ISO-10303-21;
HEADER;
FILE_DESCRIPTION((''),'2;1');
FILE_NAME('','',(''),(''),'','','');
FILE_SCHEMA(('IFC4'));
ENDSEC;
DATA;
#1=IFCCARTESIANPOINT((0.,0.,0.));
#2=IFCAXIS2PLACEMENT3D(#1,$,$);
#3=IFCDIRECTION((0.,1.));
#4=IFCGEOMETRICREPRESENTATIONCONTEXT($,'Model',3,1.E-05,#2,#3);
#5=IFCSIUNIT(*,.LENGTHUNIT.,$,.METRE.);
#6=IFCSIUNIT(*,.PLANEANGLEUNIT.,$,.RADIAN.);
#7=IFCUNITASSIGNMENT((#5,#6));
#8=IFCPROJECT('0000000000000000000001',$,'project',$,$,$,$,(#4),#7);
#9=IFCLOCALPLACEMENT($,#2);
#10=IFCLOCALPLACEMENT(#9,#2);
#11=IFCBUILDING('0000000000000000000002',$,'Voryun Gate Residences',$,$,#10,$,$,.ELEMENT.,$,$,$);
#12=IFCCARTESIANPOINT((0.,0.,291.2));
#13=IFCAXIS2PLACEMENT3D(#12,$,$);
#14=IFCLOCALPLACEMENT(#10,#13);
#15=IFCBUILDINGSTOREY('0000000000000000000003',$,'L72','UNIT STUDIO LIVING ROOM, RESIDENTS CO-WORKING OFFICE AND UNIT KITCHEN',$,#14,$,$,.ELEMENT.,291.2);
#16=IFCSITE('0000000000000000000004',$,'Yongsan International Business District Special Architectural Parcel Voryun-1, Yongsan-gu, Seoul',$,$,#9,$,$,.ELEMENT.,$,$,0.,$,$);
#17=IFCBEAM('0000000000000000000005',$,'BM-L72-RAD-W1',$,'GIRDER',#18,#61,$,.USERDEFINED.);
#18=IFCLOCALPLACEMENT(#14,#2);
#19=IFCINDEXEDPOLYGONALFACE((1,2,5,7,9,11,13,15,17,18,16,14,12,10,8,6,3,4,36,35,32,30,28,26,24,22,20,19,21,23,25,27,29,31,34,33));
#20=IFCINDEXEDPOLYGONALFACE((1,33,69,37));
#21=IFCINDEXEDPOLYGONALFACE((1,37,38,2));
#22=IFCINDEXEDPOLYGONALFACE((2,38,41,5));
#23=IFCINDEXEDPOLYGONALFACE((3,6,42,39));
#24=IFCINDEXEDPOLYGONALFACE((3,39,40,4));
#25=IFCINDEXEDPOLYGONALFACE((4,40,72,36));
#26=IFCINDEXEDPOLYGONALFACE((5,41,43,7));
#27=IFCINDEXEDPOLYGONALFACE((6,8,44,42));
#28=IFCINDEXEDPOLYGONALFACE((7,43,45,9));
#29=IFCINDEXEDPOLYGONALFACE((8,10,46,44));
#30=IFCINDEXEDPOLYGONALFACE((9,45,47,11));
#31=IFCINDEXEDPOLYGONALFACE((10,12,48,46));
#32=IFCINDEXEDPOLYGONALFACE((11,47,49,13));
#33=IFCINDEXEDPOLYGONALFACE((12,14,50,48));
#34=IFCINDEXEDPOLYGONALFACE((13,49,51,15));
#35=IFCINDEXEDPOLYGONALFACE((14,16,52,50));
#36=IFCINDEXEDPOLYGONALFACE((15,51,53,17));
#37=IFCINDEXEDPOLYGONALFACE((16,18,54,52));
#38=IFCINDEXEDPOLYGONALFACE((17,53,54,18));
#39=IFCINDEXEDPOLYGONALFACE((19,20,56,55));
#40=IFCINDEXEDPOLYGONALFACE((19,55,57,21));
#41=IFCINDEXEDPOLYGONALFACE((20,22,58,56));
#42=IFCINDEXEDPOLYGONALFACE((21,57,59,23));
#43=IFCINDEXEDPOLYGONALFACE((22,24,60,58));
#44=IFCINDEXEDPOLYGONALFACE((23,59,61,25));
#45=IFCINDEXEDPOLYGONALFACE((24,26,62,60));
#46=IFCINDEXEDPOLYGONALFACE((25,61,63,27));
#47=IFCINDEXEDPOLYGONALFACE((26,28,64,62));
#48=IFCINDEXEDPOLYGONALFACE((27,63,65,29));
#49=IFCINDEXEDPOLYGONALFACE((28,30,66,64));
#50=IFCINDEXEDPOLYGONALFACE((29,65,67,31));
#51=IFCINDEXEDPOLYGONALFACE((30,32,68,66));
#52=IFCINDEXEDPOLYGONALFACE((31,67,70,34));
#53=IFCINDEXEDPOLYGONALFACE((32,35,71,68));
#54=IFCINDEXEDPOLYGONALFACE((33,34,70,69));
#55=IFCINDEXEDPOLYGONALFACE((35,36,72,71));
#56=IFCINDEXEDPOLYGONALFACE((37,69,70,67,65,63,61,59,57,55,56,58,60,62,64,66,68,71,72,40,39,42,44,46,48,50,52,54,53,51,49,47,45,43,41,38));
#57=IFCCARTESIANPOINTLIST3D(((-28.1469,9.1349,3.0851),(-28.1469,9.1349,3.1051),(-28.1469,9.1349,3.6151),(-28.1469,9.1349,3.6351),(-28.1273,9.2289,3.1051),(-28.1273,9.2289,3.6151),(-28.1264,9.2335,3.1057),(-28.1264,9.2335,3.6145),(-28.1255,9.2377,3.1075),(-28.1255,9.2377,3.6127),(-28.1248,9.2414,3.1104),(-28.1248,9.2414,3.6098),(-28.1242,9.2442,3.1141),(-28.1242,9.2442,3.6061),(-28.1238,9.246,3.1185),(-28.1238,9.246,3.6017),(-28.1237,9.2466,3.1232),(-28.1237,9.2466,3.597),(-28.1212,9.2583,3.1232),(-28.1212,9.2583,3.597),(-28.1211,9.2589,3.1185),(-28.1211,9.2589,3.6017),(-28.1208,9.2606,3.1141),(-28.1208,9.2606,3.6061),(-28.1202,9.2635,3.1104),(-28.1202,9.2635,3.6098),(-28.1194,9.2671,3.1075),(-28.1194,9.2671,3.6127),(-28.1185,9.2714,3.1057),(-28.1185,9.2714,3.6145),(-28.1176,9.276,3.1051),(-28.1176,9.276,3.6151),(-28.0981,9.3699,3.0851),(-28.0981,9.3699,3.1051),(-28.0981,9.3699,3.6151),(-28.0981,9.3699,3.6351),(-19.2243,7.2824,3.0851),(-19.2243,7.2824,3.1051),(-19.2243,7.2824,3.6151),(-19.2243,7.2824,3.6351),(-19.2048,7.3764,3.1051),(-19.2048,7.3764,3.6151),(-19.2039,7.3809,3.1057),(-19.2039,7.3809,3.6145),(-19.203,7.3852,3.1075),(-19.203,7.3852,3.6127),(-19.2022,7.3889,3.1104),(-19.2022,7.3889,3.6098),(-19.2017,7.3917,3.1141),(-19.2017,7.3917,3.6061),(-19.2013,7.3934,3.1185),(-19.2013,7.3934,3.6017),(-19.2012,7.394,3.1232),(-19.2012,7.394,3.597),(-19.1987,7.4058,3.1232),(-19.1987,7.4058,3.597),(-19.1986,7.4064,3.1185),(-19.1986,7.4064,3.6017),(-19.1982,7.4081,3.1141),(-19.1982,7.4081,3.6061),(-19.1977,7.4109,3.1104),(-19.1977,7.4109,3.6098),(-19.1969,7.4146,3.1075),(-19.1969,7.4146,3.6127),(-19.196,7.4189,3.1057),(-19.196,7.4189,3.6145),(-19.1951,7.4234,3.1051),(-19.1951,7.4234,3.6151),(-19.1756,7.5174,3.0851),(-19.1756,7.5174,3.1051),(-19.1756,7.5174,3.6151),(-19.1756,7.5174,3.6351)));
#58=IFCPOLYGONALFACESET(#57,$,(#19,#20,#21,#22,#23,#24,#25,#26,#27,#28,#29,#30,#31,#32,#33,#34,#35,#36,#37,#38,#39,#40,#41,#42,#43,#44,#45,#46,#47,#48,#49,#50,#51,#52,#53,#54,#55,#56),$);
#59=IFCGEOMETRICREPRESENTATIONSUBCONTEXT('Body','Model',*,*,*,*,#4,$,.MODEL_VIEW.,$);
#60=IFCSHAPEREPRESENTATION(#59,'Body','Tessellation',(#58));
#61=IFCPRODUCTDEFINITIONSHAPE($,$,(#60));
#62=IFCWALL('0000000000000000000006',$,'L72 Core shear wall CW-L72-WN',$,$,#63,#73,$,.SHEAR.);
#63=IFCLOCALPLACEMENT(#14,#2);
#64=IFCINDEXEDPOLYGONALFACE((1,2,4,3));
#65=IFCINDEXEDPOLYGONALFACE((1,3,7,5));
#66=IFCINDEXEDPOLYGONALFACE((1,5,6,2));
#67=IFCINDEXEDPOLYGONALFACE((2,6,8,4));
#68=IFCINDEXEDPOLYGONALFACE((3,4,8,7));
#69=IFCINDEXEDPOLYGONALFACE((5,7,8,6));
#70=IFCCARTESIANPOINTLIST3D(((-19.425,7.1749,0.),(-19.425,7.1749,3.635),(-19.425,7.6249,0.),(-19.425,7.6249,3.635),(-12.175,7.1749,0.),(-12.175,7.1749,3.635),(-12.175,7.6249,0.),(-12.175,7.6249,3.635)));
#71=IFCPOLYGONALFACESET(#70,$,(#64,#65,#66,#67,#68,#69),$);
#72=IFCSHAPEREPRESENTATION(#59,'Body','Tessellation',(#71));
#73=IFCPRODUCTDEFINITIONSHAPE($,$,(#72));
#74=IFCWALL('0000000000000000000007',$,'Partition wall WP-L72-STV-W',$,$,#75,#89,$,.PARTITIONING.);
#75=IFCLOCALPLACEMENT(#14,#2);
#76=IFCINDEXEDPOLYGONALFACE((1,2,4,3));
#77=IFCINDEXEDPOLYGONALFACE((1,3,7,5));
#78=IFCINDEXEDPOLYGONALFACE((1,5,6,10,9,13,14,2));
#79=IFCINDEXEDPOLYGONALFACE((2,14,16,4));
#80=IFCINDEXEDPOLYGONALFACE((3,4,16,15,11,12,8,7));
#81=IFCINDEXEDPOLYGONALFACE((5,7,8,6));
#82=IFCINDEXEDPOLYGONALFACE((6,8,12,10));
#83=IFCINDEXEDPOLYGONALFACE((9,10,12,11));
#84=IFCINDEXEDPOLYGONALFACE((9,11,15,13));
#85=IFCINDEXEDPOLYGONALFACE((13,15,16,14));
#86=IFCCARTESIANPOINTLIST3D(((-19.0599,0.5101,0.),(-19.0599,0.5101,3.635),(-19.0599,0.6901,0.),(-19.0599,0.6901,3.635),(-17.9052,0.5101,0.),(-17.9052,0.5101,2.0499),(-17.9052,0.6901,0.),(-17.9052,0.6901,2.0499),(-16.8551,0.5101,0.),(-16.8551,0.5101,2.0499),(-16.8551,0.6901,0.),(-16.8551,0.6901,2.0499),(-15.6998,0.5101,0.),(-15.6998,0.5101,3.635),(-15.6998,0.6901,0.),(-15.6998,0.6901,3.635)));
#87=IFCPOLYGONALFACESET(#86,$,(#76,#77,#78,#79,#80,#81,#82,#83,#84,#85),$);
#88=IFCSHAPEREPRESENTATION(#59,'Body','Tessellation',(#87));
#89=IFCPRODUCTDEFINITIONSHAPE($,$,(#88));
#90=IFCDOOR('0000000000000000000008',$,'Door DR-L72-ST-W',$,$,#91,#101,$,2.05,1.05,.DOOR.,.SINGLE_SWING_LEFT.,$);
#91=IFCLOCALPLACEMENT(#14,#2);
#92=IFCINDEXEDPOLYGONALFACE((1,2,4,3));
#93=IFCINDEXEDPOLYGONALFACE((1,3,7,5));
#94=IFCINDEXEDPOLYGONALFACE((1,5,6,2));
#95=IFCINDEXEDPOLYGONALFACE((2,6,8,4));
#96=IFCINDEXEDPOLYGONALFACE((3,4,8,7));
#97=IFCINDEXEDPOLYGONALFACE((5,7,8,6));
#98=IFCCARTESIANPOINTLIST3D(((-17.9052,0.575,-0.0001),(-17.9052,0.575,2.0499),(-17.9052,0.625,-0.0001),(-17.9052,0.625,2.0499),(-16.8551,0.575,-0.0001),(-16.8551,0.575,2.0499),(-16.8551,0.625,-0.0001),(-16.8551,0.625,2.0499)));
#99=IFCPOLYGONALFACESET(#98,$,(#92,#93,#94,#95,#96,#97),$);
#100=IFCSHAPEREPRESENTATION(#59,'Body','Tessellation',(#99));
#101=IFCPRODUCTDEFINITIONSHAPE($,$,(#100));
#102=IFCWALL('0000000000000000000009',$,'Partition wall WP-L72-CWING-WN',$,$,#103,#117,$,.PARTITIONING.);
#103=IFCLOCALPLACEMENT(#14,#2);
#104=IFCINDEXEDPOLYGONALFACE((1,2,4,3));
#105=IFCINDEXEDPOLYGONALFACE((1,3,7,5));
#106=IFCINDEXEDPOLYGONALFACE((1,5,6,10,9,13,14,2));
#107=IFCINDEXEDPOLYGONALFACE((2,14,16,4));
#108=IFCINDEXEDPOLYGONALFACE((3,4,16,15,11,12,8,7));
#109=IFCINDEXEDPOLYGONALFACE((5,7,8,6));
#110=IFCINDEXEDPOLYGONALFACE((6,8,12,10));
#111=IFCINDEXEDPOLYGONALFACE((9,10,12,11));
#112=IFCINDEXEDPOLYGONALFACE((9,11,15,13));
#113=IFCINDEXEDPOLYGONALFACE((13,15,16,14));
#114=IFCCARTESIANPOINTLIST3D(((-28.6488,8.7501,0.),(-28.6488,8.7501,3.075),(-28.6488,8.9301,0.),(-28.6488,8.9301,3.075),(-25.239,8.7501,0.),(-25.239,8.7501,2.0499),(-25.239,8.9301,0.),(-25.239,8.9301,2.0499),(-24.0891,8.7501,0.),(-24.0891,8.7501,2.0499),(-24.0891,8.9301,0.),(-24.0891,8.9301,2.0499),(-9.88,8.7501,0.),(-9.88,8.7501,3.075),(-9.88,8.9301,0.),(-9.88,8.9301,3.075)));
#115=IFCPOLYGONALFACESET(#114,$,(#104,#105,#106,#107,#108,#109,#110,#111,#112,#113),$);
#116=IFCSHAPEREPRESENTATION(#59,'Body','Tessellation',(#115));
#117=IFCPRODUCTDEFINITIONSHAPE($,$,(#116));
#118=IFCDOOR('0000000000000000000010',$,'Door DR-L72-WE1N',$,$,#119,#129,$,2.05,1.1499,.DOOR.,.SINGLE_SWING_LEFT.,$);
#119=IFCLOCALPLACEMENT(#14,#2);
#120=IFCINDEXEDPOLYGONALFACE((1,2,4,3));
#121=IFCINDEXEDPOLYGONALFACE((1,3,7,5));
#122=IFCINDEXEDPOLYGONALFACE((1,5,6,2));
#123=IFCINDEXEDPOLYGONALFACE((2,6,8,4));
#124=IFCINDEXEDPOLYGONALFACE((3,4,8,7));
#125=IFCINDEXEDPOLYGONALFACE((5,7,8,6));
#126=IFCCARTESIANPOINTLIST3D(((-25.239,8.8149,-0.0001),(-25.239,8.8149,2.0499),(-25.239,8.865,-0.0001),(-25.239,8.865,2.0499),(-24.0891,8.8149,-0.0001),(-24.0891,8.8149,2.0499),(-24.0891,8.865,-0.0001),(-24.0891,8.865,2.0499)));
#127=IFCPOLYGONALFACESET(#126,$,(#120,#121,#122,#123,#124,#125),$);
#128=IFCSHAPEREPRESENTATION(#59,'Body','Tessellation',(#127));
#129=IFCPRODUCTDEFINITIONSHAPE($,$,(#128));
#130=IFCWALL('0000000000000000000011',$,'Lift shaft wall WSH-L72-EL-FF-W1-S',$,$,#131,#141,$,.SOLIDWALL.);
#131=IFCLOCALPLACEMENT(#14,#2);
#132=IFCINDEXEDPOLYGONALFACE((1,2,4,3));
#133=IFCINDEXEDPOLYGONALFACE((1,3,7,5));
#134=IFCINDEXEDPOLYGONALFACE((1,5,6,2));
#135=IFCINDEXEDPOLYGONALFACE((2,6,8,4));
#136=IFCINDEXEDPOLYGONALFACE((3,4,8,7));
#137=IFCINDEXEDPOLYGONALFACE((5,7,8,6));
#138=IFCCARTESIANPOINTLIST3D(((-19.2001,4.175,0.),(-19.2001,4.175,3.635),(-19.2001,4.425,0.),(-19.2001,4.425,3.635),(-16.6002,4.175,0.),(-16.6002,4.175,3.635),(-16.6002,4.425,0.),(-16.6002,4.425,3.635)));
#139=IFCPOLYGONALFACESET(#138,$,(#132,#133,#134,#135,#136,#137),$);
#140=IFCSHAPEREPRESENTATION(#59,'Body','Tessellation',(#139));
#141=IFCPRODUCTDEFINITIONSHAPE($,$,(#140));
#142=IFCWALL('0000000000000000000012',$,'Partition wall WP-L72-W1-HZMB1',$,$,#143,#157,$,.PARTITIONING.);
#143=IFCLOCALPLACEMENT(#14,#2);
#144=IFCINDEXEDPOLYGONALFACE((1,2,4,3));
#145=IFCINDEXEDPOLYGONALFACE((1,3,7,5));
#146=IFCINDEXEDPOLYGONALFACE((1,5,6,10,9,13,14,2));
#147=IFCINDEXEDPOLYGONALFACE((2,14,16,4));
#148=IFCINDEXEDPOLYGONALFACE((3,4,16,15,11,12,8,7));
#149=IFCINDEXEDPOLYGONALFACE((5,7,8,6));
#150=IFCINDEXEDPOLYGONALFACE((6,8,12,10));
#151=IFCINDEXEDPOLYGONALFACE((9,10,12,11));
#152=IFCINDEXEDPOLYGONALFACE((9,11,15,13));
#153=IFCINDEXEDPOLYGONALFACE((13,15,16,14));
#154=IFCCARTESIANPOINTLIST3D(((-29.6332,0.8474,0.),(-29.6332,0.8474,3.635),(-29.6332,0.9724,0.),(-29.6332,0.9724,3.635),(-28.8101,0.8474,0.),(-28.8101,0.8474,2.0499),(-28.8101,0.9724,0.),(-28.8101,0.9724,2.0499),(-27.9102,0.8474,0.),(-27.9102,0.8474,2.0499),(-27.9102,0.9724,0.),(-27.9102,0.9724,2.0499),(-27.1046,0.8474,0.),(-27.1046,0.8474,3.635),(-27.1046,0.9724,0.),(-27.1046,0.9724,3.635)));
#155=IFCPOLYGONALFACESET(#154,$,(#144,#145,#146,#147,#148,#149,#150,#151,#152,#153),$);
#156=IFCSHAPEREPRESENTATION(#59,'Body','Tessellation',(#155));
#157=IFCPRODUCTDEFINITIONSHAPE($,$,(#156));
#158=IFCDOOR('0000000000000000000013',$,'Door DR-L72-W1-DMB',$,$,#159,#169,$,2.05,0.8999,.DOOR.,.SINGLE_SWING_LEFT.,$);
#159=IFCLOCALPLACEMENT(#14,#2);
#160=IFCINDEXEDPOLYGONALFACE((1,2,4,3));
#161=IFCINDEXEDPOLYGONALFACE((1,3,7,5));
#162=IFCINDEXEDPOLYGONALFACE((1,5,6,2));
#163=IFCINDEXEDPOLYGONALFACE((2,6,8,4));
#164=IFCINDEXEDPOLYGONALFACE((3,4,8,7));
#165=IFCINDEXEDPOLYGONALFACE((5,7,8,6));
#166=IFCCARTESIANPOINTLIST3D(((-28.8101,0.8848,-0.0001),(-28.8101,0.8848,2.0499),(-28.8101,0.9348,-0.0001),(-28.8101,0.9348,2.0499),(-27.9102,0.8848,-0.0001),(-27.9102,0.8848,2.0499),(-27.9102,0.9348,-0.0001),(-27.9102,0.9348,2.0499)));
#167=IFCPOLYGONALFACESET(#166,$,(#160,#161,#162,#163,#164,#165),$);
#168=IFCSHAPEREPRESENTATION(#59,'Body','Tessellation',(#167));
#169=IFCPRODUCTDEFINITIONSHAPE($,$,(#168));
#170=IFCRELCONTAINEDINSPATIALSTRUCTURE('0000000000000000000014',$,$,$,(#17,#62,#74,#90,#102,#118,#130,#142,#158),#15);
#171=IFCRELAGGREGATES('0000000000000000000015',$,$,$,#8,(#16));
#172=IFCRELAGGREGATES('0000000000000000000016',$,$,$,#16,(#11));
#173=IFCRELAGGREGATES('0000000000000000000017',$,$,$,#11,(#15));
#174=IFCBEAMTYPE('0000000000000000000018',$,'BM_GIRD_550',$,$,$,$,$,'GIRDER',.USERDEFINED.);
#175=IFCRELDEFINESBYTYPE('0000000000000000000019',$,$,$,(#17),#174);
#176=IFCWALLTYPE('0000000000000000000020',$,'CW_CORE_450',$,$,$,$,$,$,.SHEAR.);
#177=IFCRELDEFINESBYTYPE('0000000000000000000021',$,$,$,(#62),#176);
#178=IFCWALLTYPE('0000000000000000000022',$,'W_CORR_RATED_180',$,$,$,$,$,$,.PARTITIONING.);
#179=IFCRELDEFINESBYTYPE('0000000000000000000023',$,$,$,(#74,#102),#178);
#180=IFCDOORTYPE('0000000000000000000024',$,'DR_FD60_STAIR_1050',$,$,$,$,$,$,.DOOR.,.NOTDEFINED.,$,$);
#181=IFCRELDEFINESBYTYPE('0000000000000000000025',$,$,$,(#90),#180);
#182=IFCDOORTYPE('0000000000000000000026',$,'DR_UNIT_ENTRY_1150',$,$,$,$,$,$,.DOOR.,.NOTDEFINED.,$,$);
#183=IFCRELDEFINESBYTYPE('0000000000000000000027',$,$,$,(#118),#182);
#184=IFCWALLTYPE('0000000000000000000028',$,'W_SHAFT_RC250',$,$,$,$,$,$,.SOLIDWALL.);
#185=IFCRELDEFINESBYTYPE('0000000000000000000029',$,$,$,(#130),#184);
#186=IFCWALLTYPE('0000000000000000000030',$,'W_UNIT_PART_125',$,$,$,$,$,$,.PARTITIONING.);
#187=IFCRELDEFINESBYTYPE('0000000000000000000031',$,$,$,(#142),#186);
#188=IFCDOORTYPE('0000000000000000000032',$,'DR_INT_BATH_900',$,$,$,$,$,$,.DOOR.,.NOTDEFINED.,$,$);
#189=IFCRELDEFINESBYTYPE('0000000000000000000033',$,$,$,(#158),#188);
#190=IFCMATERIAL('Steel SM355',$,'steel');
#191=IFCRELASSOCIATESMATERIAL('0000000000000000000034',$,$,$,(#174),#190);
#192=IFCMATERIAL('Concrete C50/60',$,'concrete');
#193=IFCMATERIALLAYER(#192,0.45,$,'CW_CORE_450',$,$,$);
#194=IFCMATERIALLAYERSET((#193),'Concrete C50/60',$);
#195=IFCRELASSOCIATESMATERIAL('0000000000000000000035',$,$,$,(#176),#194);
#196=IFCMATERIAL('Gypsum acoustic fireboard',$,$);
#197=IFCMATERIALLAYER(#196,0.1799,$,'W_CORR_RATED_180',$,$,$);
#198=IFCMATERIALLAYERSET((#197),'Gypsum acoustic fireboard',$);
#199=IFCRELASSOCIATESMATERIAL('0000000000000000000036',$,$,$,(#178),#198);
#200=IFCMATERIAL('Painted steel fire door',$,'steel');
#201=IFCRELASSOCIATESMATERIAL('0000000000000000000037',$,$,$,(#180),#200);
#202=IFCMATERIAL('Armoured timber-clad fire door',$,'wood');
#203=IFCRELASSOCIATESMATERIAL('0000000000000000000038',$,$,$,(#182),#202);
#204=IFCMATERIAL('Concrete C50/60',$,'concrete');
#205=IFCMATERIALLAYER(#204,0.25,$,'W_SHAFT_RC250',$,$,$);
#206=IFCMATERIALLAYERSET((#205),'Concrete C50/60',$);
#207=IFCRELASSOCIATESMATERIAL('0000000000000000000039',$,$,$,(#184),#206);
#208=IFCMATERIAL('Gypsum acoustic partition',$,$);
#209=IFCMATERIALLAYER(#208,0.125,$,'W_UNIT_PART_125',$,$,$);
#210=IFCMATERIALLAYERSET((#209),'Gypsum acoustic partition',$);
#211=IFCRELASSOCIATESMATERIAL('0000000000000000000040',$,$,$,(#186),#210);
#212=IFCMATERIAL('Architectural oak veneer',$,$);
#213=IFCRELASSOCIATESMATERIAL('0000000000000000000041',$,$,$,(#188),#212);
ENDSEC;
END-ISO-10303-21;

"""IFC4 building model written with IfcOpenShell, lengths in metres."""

from ifc_helpers import new_model, si_unit, direction, frame, frame_2d, origin, origin_2d, place, context, subcontext, project, spatial, rectangle, i_section, extrude, material, layer, layer_set, material_profile, profile_set, type_object, element, fill, save


model = new_model("IFC4")

# Units and contexts
model_context = context("Model", 3, precision=1e-05, world=origin(), true_north=direction((0.0, 1.0)))
body_context = subcontext(model_context, "Body", "Model", "MODEL_VIEW")
ifc_project = project(units=[si_unit("LENGTHUNIT", "METRE"), si_unit("PLANEANGLEUNIT", "RADIAN")], contexts=[model_context])

# Site, building, storey
site_placement = place(None, origin())
site = spatial("IfcSite", under=ifc_project, at=site_placement, Name="Yongsan International Business District Special Architectural Parcel Voryun-1, Yongsan-gu, Seoul", CompositionType="ELEMENT", RefElevation=0.0)
building_placement = place(site_placement, origin())
building = spatial("IfcBuilding", under=site, at=building_placement, Name="Voryun Gate Residences", CompositionType="ELEMENT")
storey_placement = place(building_placement, frame((0.0, 0.0, 291.2)))
storey = spatial("IfcBuildingStorey", under=building, at=storey_placement, Name="L72", Description="UNIT STUDIO LIVING ROOM, RESIDENTS CO-WORKING OFFICE AND UNIT KITCHEN", CompositionType="ELEMENT", Elevation=291.2)

# Beam
ifc_material_1 = material(Name="Steel SM355", Category="steel")
ifc_material_profile_1 = material_profile(ifc_material_1, i_section(OverallWidth=0.24, OverallDepth=0.55, WebThickness=0.012, FlangeThickness=0.02, FilletRadius=0.0181, at=origin_2d()), Name="H-550x240x12x20")
ifc_profile_set_1 = profile_set([ifc_material_profile_1], Name="Steel SM355")
beam_type_1 = type_object("IfcBeamType", Name="BM_GIRD_550", ElementType="GIRDER", PredefinedType="USERDEFINED", material=ifc_profile_set_1)
beam_1_placement = place(storey_placement, frame((-19.2, 7.3999, 3.3601), z_axis=(-0.979119, 0.203288, 0.0), x_axis=(-0.203288, -0.979119, 0.0)))
element("IfcBeam", 1, at=beam_1_placement, inside=storey, type_object=beam_type_1, Name="BM-L72-RAD-W1", ObjectType="GIRDER", PredefinedType="USERDEFINED", context=body_context, shape_type="SweptSolid", body=[
    extrude(i_section(OverallWidth=0.24, OverallDepth=0.55, WebThickness=0.012, FlangeThickness=0.02, FilletRadius=0.0181, at=origin_2d()), origin(), (0.0, 0.0, 1.0), 9.1128),
])

# Wall
ifc_material_2 = material(Name="Concrete C50/60", Category="concrete")
ifc_layer_1 = layer(ifc_material_2, 0.45, Name="CW_CORE_450")
ifc_layer_set_1 = layer_set([ifc_layer_1], Name="Concrete C50/60")
wall_type_1 = type_object("IfcWallType", Name="CW_CORE_450", PredefinedType="SHEAR", material=ifc_layer_set_1)
wall_1_placement = place(storey_placement, frame((-19.425, 7.3999, 0.0), z_axis=(0.0, 0.0, 1.0), x_axis=(1.0, 0.0, 0.0)))
element("IfcWall", 2, at=wall_1_placement, inside=storey, type_object=wall_type_1, Name="L72 Core shear wall CW-L72-WN", PredefinedType="SHEAR", context=body_context, shape_type="SweptSolid", body=[
    extrude(rectangle(XDim=7.25, YDim=0.45, at=frame_2d((3.625, 0.0))), origin(), (0.0, 0.0, 1.0), 3.635),
])

# Walls, openings, doors
ifc_material_3 = material(Name="Gypsum acoustic fireboard")
ifc_layer_2 = layer(ifc_material_3, 0.1799, Name="W_CORR_RATED_180")
ifc_layer_set_2 = layer_set([ifc_layer_2], Name="Gypsum acoustic fireboard")
wall_type_2 = type_object("IfcWallType", Name="W_CORR_RATED_180", PredefinedType="PARTITIONING", material=ifc_layer_set_2)
wall_2_placement = place(storey_placement, frame((-19.0601, 0.6001, 0.0), z_axis=(0.0, 0.0, 1.0), x_axis=(1.0, 0.0, 0.0)))
wall_2 = element("IfcWall", 3, at=wall_2_placement, inside=storey, type_object=wall_type_2, Name="Partition wall WP-L72-STV-W", PredefinedType="PARTITIONING", context=body_context, shape_type="SweptSolid", body=[
    extrude(rectangle(XDim=3.3601, YDim=0.1799, at=frame_2d((1.6802, 0.0))), origin(), (0.0, 0.0, 1.0), 3.635),
])
opening_1_placement = place(wall_2_placement, frame((1.155, 0.0, 0.0)))
opening_1 = element("IfcOpeningElement", 4, at=opening_1_placement, cuts=wall_2, PredefinedType="OPENING", context=body_context, shape_type="SweptSolid", body=[
    extrude(rectangle(XDim=1.05, YDim=2.05, at=frame_2d((0.5249, 1.0249))), frame((0.0, 0.0999, 0.0), z_axis=(0.0, -1.0, 0.0), x_axis=(1.0, 0.0, 0.0)), (0.0, 0.0, 1.0), 0.2),
])
ifc_material_4 = material(Name="Painted steel fire door", Category="steel")
door_type_1 = type_object("IfcDoorType", Name="DR_FD60_STAIR_1050", OperationType="NOTDEFINED", PredefinedType="DOOR", material=ifc_material_4)
door_1_placement = place(opening_1_placement, origin())
door_1 = element("IfcDoor", 5, at=door_1_placement, inside=storey, type_object=door_type_1, Name="Door DR-L72-ST-W", OperationType="SINGLE_SWING_LEFT", OverallHeight=2.05, OverallWidth=1.05, PredefinedType="DOOR", context=body_context, shape_type="SweptSolid", body=[
    extrude(rectangle(XDim=1.05, YDim=2.05, at=frame_2d((0.5249, 1.0249))), frame((0.0, 0.0249, 0.0), z_axis=(0.0, -1.0, 0.0), x_axis=(1.0, 0.0, 0.0)), (0.0, 0.0, 1.0), 0.05),
])
fill(opening_1, door_1)
wall_3_placement = place(storey_placement, frame((-28.6487, 8.8401, 0.0), z_axis=(0.0, 0.0, 1.0), x_axis=(1.0, 0.0, 0.0)))
wall_3 = element("IfcWall", 6, at=wall_3_placement, inside=storey, type_object=wall_type_2, Name="Partition wall WP-L72-CWING-WN", PredefinedType="PARTITIONING", context=body_context, shape_type="SweptSolid", body=[
    extrude(rectangle(XDim=18.7688, YDim=0.1799, at=frame_2d((9.3843, 0.0))), origin(), (0.0, 0.0, 1.0), 3.075),
])
opening_2_placement = place(wall_3_placement, frame((3.4097, 0.0, 0.0)))
opening_2 = element("IfcOpeningElement", 7, at=opening_2_placement, cuts=wall_3, PredefinedType="OPENING", context=body_context, shape_type="SweptSolid", body=[
    extrude(rectangle(XDim=1.1499, YDim=2.05, at=frame_2d((0.575, 1.0249))), frame((0.0, 0.0999, 0.0), z_axis=(0.0, -1.0, 0.0), x_axis=(1.0, 0.0, 0.0)), (0.0, 0.0, 1.0), 0.2),
])
ifc_material_5 = material(Name="Armoured timber-clad fire door", Category="wood")
door_type_2 = type_object("IfcDoorType", Name="DR_UNIT_ENTRY_1150", OperationType="NOTDEFINED", PredefinedType="DOOR", material=ifc_material_5)
door_2_placement = place(opening_2_placement, origin())
door_2 = element("IfcDoor", 8, at=door_2_placement, inside=storey, type_object=door_type_2, Name="Door DR-L72-WE1N", OperationType="SINGLE_SWING_LEFT", OverallHeight=2.05, OverallWidth=1.1499, PredefinedType="DOOR", context=body_context, shape_type="SweptSolid", body=[
    extrude(rectangle(XDim=1.1499, YDim=2.05, at=frame_2d((0.575, 1.0249))), frame((0.0, 0.0249, 0.0), z_axis=(0.0, -1.0, 0.0), x_axis=(1.0, 0.0, 0.0)), (0.0, 0.0, 1.0), 0.05),
])
fill(opening_2, door_2)

# Wall
ifc_material_6 = material(Name="Concrete C50/60", Category="concrete")
ifc_layer_3 = layer(ifc_material_6, 0.25, Name="W_SHAFT_RC250")
ifc_layer_set_3 = layer_set([ifc_layer_3], Name="Concrete C50/60")
wall_type_3 = type_object("IfcWallType", Name="W_SHAFT_RC250", PredefinedType="SOLIDWALL", material=ifc_layer_set_3)
wall_4_placement = place(storey_placement, frame((-19.2, 4.3, 0.0), z_axis=(0.0, 0.0, 1.0), x_axis=(1.0, 0.0, 0.0)))
element("IfcWall", 9, at=wall_4_placement, inside=storey, type_object=wall_type_3, Name="Lift shaft wall WSH-L72-EL-FF-W1-S", PredefinedType="SOLIDWALL", context=body_context, shape_type="SweptSolid", body=[
    extrude(rectangle(XDim=2.5999, YDim=0.25, at=frame_2d((1.2998, 0.0))), origin(), (0.0, 0.0, 1.0), 3.635),
])

# Wall, opening, door
ifc_material_7 = material(Name="Gypsum acoustic partition")
ifc_layer_4 = layer(ifc_material_7, 0.125, Name="W_UNIT_PART_125")
ifc_layer_set_4 = layer_set([ifc_layer_4], Name="Gypsum acoustic partition")
wall_type_4 = type_object("IfcWallType", Name="W_UNIT_PART_125", PredefinedType="PARTITIONING", material=ifc_layer_set_4)
wall_5_placement = place(storey_placement, frame((-29.6331, 0.9099, 0.0), z_axis=(0.0, 0.0, 1.0), x_axis=(1.0, 0.0, 0.0)))
wall_5 = element("IfcWall", 10, at=wall_5_placement, inside=storey, type_object=wall_type_4, Name="Partition wall WP-L72-W1-HZMB1", PredefinedType="PARTITIONING", context=body_context, shape_type="SweptSolid", body=[
    extrude(rectangle(XDim=2.5286, YDim=0.125, at=frame_2d((1.2642, 0.0))), origin(), (0.0, 0.0, 1.0), 3.635),
])
opening_3_placement = place(wall_5_placement, frame((0.823, 0.0, 0.0)))
opening_3 = element("IfcOpeningElement", 11, at=opening_3_placement, cuts=wall_5, PredefinedType="OPENING", context=body_context, shape_type="SweptSolid", body=[
    extrude(rectangle(XDim=0.8999, YDim=2.05, at=frame_2d((0.45, 1.0249))), frame((0.0, 0.0725, 0.0), z_axis=(0.0, -1.0, 0.0), x_axis=(1.0, 0.0, 0.0)), (0.0, 0.0, 1.0), 0.145),
])
ifc_material_8 = material(Name="Architectural oak veneer")
door_type_3 = type_object("IfcDoorType", Name="DR_INT_BATH_900", OperationType="NOTDEFINED", PredefinedType="DOOR", material=ifc_material_8)
door_3_placement = place(opening_3_placement, origin())
door_3 = element("IfcDoor", 12, at=door_3_placement, inside=storey, type_object=door_type_3, Name="Door DR-L72-W1-DMB", OperationType="SINGLE_SWING_LEFT", OverallHeight=2.05, OverallWidth=0.8999, PredefinedType="DOOR", context=body_context, shape_type="SweptSolid", body=[
    extrude(rectangle(XDim=0.8999, YDim=2.05, at=frame_2d((0.45, 1.0249))), frame((0.0, 0.0249, 0.0), z_axis=(0.0, -1.0, 0.0), x_axis=(1.0, 0.0, 0.0)), (0.0, 0.0, 1.0), 0.05),
])
fill(opening_3, door_3)

save(model, "model.ifc")
